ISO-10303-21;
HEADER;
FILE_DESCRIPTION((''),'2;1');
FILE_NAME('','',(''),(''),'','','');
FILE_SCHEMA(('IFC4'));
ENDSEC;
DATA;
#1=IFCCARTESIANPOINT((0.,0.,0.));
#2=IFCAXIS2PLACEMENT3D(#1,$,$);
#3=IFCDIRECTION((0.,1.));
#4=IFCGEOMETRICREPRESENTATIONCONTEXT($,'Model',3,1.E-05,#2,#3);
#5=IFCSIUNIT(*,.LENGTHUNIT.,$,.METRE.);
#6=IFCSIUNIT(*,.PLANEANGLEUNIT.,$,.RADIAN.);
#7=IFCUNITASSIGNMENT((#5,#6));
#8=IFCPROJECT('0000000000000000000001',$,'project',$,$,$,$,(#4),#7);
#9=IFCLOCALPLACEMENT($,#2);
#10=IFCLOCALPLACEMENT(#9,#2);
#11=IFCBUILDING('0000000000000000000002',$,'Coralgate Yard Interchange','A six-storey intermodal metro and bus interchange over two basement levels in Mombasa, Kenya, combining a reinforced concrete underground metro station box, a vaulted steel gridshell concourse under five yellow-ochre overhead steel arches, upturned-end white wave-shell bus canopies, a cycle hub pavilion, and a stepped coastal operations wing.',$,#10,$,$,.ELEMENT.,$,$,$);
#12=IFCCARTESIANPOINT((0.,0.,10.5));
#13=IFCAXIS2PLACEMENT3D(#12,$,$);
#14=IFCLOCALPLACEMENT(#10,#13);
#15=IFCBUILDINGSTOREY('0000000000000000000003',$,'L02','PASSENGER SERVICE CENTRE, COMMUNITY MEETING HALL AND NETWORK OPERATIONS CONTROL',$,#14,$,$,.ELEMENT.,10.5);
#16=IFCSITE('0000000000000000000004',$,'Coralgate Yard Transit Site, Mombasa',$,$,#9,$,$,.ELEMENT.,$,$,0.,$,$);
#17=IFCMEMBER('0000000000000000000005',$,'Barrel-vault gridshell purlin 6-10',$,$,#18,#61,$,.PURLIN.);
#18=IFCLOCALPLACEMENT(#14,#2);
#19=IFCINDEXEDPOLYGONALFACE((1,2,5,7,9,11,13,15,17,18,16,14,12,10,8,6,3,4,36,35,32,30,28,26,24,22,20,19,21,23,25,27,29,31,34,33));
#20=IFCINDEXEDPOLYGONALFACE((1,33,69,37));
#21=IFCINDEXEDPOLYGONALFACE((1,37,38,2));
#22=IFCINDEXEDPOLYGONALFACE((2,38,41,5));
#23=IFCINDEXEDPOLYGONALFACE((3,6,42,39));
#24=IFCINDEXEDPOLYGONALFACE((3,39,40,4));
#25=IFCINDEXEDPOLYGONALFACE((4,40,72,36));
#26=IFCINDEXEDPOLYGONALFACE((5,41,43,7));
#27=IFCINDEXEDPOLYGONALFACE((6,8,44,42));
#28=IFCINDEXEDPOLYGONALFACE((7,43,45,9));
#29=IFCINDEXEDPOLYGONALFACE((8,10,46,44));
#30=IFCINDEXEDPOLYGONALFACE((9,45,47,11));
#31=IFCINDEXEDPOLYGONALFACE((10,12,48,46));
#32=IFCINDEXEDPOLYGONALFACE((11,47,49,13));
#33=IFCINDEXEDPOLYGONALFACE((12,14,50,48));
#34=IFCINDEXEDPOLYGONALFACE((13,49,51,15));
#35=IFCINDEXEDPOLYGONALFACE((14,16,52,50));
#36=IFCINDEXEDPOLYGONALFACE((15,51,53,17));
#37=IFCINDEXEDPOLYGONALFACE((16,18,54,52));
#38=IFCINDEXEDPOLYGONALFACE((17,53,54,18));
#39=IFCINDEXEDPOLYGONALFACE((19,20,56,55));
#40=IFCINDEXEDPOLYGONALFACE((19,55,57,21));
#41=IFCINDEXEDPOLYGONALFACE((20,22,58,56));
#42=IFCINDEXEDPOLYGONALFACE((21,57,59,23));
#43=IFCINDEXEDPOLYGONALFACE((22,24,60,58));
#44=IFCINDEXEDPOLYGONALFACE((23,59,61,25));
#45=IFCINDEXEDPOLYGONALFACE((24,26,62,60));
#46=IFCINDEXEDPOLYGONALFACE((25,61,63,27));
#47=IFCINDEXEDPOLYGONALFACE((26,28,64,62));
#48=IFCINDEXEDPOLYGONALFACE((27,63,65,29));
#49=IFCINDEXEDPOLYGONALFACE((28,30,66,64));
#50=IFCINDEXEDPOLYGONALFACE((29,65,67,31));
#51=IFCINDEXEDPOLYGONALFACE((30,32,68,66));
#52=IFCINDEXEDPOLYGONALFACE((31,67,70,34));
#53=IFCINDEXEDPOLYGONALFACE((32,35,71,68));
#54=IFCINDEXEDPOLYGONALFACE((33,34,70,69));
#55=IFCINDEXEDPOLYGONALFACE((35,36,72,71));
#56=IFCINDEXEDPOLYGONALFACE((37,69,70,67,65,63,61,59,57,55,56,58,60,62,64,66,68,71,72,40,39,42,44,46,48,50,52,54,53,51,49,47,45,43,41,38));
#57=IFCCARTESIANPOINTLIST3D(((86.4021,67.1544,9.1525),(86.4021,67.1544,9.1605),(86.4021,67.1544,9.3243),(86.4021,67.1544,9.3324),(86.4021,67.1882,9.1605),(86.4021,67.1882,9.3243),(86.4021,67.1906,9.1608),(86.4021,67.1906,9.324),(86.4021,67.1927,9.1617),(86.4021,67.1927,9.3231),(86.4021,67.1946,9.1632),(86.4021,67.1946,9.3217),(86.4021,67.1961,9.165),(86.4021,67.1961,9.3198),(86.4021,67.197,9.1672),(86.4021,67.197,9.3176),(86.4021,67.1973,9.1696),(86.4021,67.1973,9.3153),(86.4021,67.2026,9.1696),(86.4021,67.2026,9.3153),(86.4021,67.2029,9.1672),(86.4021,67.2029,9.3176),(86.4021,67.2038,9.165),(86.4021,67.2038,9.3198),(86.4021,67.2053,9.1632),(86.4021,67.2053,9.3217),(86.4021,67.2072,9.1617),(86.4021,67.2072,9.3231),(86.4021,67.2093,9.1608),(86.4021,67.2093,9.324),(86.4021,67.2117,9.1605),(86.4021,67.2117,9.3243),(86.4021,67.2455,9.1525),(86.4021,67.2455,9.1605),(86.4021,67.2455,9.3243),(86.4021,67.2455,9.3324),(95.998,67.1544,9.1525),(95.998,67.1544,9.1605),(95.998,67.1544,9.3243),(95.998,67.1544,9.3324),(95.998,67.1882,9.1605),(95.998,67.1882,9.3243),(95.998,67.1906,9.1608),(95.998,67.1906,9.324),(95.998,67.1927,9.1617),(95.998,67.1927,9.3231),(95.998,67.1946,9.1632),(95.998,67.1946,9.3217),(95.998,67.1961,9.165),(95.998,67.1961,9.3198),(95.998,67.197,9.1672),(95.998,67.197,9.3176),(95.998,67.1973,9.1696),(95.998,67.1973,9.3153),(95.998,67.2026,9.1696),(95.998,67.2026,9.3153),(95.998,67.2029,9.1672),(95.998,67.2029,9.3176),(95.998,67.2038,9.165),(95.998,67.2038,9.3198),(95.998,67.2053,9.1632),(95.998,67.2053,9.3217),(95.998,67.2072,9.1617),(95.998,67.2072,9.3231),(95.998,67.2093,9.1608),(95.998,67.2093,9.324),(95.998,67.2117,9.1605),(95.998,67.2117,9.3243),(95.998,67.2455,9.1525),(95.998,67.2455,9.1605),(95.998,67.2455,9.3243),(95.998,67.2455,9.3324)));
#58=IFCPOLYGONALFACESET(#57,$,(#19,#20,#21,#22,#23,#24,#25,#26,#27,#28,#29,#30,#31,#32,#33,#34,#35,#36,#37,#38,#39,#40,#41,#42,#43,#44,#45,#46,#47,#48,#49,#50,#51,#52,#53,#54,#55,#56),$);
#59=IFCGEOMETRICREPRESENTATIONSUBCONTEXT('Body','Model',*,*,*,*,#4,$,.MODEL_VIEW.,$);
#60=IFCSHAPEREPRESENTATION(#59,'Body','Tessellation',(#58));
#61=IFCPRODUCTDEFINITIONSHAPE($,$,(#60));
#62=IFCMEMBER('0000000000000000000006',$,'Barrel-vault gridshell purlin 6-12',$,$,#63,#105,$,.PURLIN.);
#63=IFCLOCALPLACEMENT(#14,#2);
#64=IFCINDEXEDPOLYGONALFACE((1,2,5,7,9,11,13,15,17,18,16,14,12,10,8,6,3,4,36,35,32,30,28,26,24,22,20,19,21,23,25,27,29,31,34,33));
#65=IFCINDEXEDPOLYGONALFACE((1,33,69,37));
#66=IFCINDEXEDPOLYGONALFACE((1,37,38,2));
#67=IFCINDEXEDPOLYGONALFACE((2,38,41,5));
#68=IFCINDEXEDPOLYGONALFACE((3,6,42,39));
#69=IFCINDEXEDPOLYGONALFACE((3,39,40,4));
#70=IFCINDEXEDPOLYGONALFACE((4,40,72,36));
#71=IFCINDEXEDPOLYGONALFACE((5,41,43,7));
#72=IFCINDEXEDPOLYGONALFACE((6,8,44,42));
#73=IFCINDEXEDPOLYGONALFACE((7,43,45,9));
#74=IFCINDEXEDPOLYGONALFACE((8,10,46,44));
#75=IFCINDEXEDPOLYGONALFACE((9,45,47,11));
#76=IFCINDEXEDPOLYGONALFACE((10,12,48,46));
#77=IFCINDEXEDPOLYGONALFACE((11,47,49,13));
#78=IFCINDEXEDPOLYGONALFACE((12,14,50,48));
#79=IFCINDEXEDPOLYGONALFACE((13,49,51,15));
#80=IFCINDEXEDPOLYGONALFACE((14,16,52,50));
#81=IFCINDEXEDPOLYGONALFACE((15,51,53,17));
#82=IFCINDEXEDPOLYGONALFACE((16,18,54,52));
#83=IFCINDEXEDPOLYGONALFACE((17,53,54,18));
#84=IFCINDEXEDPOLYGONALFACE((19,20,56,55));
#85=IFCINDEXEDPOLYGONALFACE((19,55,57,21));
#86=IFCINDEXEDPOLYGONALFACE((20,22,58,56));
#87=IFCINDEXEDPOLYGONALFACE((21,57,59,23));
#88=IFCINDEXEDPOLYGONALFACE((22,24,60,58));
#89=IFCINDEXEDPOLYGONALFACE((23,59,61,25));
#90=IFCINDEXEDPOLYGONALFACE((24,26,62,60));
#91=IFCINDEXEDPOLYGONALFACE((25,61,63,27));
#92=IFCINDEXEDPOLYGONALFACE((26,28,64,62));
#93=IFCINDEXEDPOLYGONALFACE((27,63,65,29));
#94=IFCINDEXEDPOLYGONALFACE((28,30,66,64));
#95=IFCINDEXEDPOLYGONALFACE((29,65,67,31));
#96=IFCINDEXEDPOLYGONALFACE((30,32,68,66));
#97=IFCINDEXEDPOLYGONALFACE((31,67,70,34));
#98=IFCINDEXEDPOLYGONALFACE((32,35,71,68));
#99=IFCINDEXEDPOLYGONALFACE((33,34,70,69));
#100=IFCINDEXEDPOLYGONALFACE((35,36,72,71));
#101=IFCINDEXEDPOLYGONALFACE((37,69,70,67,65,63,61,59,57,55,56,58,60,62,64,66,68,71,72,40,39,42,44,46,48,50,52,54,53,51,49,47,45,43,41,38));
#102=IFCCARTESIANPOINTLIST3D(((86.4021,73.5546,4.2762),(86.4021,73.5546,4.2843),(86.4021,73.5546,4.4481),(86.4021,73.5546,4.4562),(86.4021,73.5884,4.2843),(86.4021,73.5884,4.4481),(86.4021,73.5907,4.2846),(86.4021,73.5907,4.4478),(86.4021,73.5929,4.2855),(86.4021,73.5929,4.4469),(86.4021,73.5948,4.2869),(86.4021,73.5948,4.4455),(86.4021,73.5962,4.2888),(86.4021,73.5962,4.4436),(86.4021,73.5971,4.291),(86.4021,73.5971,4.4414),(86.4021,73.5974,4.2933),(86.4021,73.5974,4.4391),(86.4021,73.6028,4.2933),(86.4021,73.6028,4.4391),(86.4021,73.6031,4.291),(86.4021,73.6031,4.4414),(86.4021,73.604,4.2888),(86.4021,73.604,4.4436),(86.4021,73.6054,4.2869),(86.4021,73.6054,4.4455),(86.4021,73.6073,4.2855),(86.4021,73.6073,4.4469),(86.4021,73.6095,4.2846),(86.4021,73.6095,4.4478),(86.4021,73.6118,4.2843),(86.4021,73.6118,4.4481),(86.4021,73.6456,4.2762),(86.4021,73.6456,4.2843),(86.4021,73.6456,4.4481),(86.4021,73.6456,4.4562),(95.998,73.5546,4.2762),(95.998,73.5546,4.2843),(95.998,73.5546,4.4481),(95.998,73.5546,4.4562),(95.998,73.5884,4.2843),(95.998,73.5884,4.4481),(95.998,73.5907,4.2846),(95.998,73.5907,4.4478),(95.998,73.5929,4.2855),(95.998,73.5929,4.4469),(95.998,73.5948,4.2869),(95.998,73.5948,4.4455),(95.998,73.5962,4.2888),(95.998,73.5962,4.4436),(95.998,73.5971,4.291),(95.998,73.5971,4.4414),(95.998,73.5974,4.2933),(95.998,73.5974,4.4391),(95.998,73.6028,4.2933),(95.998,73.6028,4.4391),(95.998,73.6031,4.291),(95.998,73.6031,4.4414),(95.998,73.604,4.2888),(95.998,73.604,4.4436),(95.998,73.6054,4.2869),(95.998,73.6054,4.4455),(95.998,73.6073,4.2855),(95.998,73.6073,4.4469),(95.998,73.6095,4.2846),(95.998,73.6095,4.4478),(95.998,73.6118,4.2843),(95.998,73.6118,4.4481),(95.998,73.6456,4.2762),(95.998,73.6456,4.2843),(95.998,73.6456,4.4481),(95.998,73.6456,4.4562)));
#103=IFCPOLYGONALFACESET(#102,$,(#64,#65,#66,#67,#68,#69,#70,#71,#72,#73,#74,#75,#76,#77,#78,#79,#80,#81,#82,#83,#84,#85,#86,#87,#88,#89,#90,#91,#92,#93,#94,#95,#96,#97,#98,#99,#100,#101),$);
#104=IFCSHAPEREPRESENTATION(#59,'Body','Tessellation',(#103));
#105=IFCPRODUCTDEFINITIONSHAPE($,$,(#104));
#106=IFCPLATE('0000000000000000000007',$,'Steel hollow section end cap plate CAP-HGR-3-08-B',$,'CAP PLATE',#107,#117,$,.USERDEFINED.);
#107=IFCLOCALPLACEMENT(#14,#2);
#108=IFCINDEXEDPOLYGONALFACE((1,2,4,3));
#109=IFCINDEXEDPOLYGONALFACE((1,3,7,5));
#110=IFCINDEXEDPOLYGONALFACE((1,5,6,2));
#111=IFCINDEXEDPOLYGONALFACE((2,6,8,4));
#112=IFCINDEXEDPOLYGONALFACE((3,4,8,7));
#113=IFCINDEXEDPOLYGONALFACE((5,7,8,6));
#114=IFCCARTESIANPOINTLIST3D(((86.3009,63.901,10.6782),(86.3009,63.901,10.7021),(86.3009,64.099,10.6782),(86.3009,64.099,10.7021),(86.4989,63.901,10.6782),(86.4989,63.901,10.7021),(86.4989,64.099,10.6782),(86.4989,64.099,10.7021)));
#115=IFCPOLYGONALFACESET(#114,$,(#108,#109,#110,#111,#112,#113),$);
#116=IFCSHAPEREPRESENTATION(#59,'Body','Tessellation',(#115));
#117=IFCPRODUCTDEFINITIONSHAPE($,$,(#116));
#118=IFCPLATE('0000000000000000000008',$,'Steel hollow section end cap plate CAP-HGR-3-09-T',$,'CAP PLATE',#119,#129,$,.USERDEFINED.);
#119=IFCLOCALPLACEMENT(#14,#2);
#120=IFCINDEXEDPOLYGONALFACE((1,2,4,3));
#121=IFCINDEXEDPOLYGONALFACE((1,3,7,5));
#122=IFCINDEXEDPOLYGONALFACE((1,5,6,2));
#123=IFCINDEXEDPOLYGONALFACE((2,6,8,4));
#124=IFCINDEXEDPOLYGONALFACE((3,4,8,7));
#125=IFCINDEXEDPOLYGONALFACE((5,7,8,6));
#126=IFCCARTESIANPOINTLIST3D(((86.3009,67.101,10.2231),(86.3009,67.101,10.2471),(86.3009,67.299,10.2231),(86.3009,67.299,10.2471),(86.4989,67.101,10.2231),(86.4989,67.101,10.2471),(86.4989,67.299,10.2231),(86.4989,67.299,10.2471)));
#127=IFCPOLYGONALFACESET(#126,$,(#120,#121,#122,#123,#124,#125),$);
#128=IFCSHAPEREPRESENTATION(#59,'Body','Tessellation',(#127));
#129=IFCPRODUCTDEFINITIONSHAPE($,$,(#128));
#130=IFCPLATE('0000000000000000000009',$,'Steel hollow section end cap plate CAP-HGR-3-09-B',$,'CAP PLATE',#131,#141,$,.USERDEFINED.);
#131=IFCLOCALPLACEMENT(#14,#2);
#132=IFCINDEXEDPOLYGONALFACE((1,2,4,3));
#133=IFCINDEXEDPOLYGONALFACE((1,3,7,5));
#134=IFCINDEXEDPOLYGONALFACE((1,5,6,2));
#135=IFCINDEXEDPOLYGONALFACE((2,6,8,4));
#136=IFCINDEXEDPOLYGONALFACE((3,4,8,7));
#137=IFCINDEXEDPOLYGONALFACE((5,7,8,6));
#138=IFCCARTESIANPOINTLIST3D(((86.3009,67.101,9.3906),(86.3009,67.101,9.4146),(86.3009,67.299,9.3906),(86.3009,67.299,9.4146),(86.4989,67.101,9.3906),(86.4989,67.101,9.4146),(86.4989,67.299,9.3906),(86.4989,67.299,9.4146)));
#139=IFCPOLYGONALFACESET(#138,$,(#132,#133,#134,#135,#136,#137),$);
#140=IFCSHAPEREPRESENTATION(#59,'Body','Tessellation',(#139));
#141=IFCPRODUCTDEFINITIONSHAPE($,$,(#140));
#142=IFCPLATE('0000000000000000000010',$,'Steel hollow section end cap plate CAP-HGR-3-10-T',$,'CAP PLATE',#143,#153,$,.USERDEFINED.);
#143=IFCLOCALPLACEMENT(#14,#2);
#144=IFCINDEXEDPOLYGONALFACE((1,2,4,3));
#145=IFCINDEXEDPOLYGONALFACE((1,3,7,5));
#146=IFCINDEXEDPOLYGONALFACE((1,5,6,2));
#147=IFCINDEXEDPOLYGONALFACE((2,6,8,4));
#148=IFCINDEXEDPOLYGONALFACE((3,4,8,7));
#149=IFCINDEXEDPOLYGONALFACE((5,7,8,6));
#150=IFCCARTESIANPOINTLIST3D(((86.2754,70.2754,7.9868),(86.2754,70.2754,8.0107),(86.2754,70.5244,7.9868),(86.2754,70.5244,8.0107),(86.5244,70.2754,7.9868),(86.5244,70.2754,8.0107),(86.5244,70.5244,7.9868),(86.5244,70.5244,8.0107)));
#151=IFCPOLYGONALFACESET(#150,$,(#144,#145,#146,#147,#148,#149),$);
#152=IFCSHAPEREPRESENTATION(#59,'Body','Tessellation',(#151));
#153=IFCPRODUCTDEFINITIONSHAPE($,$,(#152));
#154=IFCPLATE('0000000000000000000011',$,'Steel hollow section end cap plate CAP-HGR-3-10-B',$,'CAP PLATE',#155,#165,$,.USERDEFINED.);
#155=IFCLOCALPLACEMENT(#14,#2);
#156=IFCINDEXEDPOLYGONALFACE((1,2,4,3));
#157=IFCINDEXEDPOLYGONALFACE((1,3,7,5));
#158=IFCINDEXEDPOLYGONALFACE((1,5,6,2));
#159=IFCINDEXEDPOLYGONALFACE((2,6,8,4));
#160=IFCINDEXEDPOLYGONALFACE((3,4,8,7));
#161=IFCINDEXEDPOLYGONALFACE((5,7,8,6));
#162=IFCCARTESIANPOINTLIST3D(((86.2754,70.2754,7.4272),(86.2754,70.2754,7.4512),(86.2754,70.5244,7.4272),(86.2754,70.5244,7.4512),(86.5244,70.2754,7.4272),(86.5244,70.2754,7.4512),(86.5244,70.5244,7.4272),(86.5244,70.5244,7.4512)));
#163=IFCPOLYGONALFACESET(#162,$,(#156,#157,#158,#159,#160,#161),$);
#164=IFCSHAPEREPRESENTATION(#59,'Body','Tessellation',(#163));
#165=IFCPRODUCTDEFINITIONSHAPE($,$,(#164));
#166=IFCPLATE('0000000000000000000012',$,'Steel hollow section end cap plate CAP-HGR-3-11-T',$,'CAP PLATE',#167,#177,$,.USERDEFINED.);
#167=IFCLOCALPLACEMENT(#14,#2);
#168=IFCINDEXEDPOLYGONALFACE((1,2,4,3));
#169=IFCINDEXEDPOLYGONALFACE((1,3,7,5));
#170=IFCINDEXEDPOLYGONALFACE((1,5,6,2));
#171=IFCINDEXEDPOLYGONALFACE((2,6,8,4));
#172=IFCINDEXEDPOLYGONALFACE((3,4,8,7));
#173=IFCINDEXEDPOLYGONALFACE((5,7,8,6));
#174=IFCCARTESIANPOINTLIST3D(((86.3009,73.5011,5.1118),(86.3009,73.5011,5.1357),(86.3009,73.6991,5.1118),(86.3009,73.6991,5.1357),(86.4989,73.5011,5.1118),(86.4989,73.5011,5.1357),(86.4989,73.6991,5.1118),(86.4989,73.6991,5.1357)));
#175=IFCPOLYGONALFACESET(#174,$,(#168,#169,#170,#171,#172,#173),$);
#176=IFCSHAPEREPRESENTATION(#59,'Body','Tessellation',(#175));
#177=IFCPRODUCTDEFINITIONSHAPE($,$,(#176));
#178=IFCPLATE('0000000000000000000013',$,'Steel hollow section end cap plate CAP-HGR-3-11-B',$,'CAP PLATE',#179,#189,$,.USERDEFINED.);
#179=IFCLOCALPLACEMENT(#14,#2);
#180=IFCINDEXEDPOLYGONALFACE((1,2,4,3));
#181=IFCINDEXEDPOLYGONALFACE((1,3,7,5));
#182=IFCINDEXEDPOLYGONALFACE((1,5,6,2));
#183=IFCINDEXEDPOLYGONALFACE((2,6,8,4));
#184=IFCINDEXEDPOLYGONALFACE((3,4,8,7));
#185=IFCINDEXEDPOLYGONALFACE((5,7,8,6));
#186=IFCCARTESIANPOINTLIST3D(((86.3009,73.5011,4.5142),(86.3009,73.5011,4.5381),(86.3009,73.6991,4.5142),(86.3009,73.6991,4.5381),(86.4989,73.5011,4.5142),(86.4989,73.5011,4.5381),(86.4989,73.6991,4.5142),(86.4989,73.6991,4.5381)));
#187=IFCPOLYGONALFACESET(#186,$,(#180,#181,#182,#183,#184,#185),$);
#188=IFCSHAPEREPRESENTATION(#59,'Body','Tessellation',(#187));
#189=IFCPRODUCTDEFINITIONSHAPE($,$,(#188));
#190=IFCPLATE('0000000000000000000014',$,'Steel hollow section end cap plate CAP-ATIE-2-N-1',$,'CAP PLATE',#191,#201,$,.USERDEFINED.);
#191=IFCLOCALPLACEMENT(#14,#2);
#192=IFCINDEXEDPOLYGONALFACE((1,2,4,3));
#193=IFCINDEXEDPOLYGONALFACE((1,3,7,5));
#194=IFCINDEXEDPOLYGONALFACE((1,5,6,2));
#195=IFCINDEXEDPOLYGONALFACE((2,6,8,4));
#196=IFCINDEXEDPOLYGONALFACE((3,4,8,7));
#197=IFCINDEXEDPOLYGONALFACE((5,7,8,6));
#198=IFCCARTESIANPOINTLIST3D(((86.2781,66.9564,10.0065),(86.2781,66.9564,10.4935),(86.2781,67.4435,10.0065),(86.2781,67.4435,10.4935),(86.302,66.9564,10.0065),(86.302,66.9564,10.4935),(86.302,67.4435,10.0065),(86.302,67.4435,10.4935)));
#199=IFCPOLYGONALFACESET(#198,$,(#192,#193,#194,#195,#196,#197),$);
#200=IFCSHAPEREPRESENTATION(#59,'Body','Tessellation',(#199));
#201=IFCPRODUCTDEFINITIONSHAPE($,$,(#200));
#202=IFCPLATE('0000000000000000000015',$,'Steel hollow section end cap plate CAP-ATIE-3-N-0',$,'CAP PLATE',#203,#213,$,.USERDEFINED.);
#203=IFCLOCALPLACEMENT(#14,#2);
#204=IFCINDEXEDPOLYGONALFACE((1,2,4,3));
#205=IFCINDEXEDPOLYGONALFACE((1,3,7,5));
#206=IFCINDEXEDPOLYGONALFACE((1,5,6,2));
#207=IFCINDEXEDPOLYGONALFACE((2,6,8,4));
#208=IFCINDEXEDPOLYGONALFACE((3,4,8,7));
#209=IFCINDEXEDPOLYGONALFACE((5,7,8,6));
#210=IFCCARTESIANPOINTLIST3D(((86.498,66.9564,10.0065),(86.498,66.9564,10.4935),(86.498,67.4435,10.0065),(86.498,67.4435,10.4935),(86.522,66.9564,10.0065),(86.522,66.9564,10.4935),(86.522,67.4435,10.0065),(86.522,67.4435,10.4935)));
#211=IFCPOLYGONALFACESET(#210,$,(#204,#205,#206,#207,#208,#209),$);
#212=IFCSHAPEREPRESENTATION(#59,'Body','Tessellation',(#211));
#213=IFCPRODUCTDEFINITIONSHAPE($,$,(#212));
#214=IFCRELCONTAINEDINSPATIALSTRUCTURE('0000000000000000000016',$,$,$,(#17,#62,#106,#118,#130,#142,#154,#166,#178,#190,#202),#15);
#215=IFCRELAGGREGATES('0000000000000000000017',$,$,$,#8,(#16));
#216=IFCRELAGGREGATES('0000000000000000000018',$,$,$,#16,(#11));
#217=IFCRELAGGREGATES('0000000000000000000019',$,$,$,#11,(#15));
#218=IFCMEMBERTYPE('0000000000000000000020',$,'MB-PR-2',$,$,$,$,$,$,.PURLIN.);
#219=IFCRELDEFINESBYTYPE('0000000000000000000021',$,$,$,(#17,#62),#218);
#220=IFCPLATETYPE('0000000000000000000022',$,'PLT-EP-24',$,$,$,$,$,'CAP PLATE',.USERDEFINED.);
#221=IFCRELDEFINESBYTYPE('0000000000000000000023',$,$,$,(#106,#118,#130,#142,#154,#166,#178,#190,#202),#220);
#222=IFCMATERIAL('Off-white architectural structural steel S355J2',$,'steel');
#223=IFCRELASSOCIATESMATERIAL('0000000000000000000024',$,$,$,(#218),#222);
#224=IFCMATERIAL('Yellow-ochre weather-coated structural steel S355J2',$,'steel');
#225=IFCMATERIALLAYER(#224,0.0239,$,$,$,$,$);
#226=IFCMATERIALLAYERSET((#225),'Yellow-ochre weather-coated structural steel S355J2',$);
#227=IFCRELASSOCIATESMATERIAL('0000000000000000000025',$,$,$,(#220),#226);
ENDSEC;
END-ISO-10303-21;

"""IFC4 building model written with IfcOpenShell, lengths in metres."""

from ifc_helpers import new_model, si_unit, direction, frame, origin, origin_2d, place, context, subcontext, project, spatial, rectangle, i_section, extrude, material, layer, layer_set, material_profile, profile_set, type_object, element, save


model = new_model("IFC4")

# Units and contexts
model_context = context("Model", 3, precision=1e-05, world=origin(), true_north=direction((0.0, 1.0)))
body_context = subcontext(model_context, "Body", "Model", "MODEL_VIEW")
ifc_project = project(units=[si_unit("LENGTHUNIT", "METRE"), si_unit("PLANEANGLEUNIT", "RADIAN")], contexts=[model_context])

# Site, building, storey
site_placement = place(None, origin())
site = spatial("IfcSite", under=ifc_project, at=site_placement, Name="Coralgate Yard Transit Site, Mombasa", CompositionType="ELEMENT", RefElevation=0.0)
building_placement = place(site_placement, origin())
building = spatial("IfcBuilding", under=site, at=building_placement, Name="Coralgate Yard Interchange", Description="A six-storey intermodal metro and bus interchange over two basement levels in Mombasa, Kenya, combining a reinforced concrete underground metro station box, a vaulted steel gridshell concourse under five yellow-ochre overhead steel arches, upturned-end white wave-shell bus canopies, a cycle hub pavilion, and a stepped coastal operations wing.", CompositionType="ELEMENT")
storey_placement = place(building_placement, frame((0.0, 0.0, 10.5)))
storey = spatial("IfcBuildingStorey", under=building, at=storey_placement, Name="L02", Description="PASSENGER SERVICE CENTRE, COMMUNITY MEETING HALL AND NETWORK OPERATIONS CONTROL", CompositionType="ELEMENT", Elevation=10.5)

# Shared definitions
ifc_material_1 = material(Name="Yellow-ochre weather-coated structural steel S355J2", Category="steel")

# Members
ifc_material_2 = material(Name="Off-white architectural structural steel S355J2", Category="steel")
ifc_material_profile_1 = material_profile(ifc_material_2, i_section(OverallWidth=0.0911, OverallDepth=0.1799, WebThickness=0.0054, FlangeThickness=0.0081, FilletRadius=0.009, at=origin_2d()), Name="IPE 180")
ifc_profile_set_1 = profile_set([ifc_material_profile_1], Name="Off-white architectural structural steel S355J2")
member_type_1 = type_object("IfcMemberType", Name="MB-PR-2", PredefinedType="PURLIN", material=ifc_profile_set_1)
for number, where, z_axis, x_axis, name in (
    (1, (86.4021, 67.2, 9.2424), (1.0, 0.0, 0.0), (0.0, 1.0, 0.0), "Barrel-vault gridshell purlin 6-10"),
    (2, (86.4021, 73.6001, 4.3662), (1.0, 0.0, 0.0), (0.0, 1.0, 0.0), "Barrel-vault gridshell purlin 6-12"),
):
    element("IfcMember", number, at=place(storey_placement, frame(where, z_axis=z_axis, x_axis=x_axis)), inside=storey, type_object=member_type_1, Name=name, PredefinedType="PURLIN", context=body_context, shape_type="SweptSolid", body=[
        extrude(i_section(OverallWidth=0.0911, OverallDepth=0.1799, WebThickness=0.0054, FlangeThickness=0.0081, FilletRadius=0.009, at=origin_2d()), origin(), (0.0, 0.0, 1.0), 9.5959),
    ])

# Plates
ifc_layer = layer(ifc_material_1, 0.0239)
ifc_layer_set = layer_set([ifc_layer], Name="Yellow-ochre weather-coated structural steel S355J2")
plate_type = type_object("IfcPlateType", Name="PLT-EP-24", ElementType="CAP PLATE", PredefinedType="USERDEFINED", material=ifc_layer_set)
for number, where, z_axis, x_axis, name in (
    (3, (86.3999, 64.0, 10.7021), (0.0, 0.0, -1.0), (1.0, 0.0, 0.0), "Steel hollow section end cap plate CAP-HGR-3-08-B"),
    (4, (86.3999, 67.2, 10.2231), (0.0, 0.0, 1.0), (1.0, 0.0, 0.0), "Steel hollow section end cap plate CAP-HGR-3-09-T"),
    (5, (86.3999, 67.2, 9.4146), (0.0, 0.0, -1.0), (1.0, 0.0, 0.0), "Steel hollow section end cap plate CAP-HGR-3-09-B"),
):
    element("IfcPlate", number, at=place(storey_placement, frame(where, z_axis=z_axis, x_axis=x_axis)), inside=storey, type_object=plate_type, Name=name, ObjectType="CAP PLATE", PredefinedType="USERDEFINED", context=body_context, shape_type="SweptSolid", body=[
        extrude(rectangle(XDim=0.198, YDim=0.198, at=origin_2d()), origin(), (0.0, 0.0, 1.0), 0.0239),
    ])
for number, where, z_axis, x_axis, name in (
    (6, (86.3999, 70.3999, 7.9868), (0.0, 0.0, 1.0), (1.0, 0.0, 0.0), "Steel hollow section end cap plate CAP-HGR-3-10-T"),
    (7, (86.3999, 70.3999, 7.4512), (0.0, 0.0, -1.0), (1.0, 0.0, 0.0), "Steel hollow section end cap plate CAP-HGR-3-10-B"),
):
    element("IfcPlate", number, at=place(storey_placement, frame(where, z_axis=z_axis, x_axis=x_axis)), inside=storey, type_object=plate_type, Name=name, ObjectType="CAP PLATE", PredefinedType="USERDEFINED", context=body_context, shape_type="SweptSolid", body=[
        extrude(rectangle(XDim=0.249, YDim=0.249, at=origin_2d()), origin(), (0.0, 0.0, 1.0), 0.0239),
    ])
for number, where, z_axis, x_axis, name in (
    (8, (86.3999, 73.6001, 5.1118), (0.0, 0.0, 1.0), (1.0, 0.0, 0.0), "Steel hollow section end cap plate CAP-HGR-3-11-T"),
    (9, (86.3999, 73.6001, 4.5381), (0.0, 0.0, -1.0), (1.0, 0.0, 0.0), "Steel hollow section end cap plate CAP-HGR-3-11-B"),
):
    element("IfcPlate", number, at=place(storey_placement, frame(where, z_axis=z_axis, x_axis=x_axis)), inside=storey, type_object=plate_type, Name=name, ObjectType="CAP PLATE", PredefinedType="USERDEFINED", context=body_context, shape_type="SweptSolid", body=[
        extrude(rectangle(XDim=0.198, YDim=0.198, at=origin_2d()), origin(), (0.0, 0.0, 1.0), 0.0239),
    ])
for number, where, z_axis, x_axis, name in (
    (10, (86.2781, 67.2, 10.25), (1.0, 0.0, 0.0), (0.0, 1.0, 0.0), "Steel hollow section end cap plate CAP-ATIE-2-N-1"),
    (11, (86.522, 67.2, 10.25), (-1.0, 0.0, 0.0), (0.0, -1.0, 0.0), "Steel hollow section end cap plate CAP-ATIE-3-N-0"),
):
    element("IfcPlate", number, at=place(storey_placement, frame(where, z_axis=z_axis, x_axis=x_axis)), inside=storey, type_object=plate_type, Name=name, ObjectType="CAP PLATE", PredefinedType="USERDEFINED", context=body_context, shape_type="SweptSolid", body=[
        extrude(rectangle(XDim=0.4871, YDim=0.4871, at=origin_2d()), origin(), (0.0, 0.0, 1.0), 0.0239),
    ])

save(model, "model.ifc")
